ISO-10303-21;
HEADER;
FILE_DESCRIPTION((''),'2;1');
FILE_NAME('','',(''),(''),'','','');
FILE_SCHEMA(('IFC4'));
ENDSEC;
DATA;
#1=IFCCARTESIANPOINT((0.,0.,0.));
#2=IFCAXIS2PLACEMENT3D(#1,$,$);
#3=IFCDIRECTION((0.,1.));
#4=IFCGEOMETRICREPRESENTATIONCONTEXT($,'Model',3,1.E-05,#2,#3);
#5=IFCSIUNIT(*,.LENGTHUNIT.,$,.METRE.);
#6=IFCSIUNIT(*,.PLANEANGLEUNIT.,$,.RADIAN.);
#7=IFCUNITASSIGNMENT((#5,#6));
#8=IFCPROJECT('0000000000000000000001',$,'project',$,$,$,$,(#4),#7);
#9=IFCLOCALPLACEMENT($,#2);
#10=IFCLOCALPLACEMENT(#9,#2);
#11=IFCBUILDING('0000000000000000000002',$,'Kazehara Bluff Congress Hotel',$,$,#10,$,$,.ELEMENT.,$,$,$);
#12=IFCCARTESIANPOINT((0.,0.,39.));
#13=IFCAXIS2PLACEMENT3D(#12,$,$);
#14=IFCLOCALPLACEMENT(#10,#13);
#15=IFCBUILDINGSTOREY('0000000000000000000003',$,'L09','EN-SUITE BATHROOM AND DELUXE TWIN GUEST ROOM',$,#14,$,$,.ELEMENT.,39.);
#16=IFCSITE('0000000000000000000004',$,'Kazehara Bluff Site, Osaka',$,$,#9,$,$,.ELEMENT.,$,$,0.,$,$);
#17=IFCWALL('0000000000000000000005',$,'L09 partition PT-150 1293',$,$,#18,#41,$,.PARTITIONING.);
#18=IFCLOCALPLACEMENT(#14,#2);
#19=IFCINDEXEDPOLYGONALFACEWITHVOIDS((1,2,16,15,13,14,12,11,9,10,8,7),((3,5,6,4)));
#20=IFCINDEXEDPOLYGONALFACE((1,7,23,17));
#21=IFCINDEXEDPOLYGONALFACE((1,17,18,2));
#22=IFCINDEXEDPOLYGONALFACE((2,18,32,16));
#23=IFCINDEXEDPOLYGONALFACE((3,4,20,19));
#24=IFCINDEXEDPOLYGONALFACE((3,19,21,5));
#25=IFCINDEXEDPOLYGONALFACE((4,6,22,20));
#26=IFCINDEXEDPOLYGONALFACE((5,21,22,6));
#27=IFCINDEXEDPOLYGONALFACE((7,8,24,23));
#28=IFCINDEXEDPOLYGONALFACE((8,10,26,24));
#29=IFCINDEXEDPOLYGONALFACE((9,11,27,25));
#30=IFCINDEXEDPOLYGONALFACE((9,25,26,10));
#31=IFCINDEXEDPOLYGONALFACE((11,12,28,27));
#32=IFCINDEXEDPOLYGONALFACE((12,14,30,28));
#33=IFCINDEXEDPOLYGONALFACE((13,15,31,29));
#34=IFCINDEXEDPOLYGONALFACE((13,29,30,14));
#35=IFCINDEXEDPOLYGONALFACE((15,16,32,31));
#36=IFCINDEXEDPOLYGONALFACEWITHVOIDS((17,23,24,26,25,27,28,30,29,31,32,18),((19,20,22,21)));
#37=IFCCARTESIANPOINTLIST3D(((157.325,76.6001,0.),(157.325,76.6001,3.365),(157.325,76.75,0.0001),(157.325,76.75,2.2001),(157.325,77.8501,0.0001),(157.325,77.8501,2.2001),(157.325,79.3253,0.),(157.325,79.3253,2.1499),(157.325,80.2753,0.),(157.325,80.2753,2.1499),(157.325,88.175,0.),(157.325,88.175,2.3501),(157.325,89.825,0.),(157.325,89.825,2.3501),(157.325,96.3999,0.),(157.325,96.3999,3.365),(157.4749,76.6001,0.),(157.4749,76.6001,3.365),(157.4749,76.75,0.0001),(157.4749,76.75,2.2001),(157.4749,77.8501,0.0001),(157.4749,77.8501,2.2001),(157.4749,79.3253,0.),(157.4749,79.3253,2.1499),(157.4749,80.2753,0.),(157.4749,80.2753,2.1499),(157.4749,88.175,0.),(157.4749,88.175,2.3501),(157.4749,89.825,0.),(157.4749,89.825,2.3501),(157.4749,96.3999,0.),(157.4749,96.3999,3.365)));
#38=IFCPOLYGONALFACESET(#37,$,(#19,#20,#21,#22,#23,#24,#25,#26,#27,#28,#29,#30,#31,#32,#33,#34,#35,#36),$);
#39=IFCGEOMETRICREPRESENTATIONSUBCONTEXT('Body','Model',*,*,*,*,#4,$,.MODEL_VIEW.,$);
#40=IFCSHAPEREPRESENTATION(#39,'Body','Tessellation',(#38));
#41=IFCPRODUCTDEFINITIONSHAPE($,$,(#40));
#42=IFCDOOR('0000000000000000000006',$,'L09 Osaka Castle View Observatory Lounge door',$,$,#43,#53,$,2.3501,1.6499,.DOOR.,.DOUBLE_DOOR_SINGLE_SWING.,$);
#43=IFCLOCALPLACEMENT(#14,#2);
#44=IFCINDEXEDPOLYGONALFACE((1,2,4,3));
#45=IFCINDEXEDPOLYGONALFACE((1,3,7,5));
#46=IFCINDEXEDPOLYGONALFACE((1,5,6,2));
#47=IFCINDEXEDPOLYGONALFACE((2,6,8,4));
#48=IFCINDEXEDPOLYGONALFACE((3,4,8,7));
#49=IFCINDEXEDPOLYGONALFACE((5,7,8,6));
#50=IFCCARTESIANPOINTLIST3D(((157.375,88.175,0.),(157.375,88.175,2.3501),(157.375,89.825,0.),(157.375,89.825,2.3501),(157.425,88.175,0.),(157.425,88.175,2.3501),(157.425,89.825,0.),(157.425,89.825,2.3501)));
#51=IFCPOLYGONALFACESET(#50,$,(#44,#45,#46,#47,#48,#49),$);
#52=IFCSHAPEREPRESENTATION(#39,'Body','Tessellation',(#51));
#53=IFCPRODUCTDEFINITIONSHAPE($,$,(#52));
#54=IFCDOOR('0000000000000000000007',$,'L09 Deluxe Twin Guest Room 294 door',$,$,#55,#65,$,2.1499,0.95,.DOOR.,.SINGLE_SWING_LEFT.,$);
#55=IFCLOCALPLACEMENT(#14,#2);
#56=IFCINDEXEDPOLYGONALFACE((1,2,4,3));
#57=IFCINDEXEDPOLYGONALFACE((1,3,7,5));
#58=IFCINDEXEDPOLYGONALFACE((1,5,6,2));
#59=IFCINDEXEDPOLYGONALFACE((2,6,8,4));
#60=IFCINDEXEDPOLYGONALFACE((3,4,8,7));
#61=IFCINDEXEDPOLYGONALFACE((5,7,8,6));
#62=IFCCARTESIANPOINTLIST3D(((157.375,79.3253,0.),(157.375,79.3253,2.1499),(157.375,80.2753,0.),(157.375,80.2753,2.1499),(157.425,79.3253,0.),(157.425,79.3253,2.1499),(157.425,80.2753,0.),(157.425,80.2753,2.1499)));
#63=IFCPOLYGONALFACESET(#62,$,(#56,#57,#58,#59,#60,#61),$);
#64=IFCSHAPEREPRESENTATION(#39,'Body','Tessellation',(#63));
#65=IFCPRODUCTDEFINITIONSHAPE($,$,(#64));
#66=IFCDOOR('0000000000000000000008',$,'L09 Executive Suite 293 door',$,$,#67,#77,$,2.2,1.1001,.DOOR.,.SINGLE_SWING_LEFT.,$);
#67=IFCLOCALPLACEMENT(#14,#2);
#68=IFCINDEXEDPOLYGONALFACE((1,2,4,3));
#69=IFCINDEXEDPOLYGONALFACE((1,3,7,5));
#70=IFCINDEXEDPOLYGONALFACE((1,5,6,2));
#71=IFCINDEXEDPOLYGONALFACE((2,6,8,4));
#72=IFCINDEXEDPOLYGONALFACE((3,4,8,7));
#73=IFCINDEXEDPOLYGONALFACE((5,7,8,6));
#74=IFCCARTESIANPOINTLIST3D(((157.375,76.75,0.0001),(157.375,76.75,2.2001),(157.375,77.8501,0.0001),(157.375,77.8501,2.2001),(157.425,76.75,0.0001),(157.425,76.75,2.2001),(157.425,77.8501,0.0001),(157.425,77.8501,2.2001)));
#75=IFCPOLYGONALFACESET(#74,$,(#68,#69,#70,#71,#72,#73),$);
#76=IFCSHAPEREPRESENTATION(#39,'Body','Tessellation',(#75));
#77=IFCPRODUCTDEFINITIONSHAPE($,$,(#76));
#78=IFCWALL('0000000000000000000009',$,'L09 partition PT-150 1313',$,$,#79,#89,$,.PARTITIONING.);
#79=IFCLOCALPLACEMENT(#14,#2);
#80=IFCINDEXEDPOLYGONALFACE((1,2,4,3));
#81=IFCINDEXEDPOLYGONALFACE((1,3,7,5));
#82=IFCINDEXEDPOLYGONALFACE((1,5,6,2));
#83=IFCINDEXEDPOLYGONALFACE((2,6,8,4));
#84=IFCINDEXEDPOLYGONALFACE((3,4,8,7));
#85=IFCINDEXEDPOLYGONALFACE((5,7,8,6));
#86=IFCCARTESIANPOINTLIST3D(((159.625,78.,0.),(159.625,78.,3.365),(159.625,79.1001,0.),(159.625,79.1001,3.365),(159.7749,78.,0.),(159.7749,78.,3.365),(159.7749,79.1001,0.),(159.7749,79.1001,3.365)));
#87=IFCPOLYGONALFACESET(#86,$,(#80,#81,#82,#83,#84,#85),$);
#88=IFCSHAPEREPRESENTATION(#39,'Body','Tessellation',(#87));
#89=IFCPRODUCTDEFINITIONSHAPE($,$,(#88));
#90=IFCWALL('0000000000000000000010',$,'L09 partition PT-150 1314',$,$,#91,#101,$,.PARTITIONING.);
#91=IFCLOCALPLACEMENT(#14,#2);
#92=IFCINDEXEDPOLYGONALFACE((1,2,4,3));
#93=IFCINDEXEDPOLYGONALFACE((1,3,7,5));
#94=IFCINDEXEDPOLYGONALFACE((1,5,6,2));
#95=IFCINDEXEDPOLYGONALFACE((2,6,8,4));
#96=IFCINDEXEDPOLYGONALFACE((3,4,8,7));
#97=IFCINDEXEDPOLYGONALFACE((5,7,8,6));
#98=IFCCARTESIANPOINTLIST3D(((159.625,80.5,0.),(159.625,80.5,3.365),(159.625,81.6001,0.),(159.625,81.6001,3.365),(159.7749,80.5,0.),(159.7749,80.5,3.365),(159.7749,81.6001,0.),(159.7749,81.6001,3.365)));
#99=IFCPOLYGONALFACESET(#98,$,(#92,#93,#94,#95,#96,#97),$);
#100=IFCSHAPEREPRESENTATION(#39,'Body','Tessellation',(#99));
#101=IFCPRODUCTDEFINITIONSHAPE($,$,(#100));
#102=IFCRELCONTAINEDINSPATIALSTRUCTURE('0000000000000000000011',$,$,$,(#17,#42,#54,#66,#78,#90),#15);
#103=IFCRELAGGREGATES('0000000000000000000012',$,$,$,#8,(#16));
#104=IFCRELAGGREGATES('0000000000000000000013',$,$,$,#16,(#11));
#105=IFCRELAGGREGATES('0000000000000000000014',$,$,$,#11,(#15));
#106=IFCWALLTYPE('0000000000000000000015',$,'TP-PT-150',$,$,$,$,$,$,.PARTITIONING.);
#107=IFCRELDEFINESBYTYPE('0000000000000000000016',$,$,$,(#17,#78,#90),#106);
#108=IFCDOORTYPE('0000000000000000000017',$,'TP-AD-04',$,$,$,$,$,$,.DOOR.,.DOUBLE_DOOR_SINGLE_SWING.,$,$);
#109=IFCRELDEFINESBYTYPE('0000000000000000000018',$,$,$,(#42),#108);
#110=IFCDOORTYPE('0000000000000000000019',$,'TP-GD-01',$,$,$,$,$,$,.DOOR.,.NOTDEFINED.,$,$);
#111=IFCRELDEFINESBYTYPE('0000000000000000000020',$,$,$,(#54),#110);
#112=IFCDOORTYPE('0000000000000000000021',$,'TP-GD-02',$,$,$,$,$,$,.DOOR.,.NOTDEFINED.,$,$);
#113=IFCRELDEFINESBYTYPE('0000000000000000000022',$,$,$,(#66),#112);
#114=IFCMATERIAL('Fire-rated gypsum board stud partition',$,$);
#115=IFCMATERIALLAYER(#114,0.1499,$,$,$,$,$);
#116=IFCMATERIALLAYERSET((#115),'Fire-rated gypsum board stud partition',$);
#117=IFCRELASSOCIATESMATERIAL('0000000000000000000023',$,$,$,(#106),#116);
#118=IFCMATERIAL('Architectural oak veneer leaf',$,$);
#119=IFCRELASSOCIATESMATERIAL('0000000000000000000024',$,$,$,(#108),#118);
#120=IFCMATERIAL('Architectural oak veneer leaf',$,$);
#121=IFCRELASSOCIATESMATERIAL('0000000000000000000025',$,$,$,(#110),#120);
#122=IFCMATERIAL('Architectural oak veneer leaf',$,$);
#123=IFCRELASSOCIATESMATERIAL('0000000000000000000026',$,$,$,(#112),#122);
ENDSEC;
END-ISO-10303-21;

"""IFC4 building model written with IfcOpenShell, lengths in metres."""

from ifc_helpers import new_model, si_unit, direction, frame, frame_2d, origin, place, context, subcontext, project, spatial, rectangle, extrude, material, layer, layer_set, type_object, element, fill, save


model = new_model("IFC4")

# Units and contexts
model_context = context("Model", 3, precision=1e-05, world=origin(), true_north=direction((0.0, 1.0)))
body_context = subcontext(model_context, "Body", "Model", "MODEL_VIEW")
ifc_project = project(units=[si_unit("LENGTHUNIT", "METRE"), si_unit("PLANEANGLEUNIT", "RADIAN")], contexts=[model_context])

# Site, building, storey
site_placement = place(None, origin())
site = spatial("IfcSite", under=ifc_project, at=site_placement, Name="Kazehara Bluff Site, Osaka", CompositionType="ELEMENT", RefElevation=0.0)
building_placement = place(site_placement, origin())
building = spatial("IfcBuilding", under=site, at=building_placement, Name="Kazehara Bluff Congress Hotel", CompositionType="ELEMENT")
storey_placement = place(building_placement, frame((0.0, 0.0, 39.0)))
storey = spatial("IfcBuildingStorey", under=building, at=storey_placement, Name="L09", Description="EN-SUITE BATHROOM AND DELUXE TWIN GUEST ROOM", CompositionType="ELEMENT", Elevation=39.0)

# Shared definitions
ifc_material_1 = material(Name="Fire-rated gypsum board stud partition")
ifc_layer_1 = layer(ifc_material_1, 0.1499)
ifc_layer_set_1 = layer_set([ifc_layer_1], Name="Fire-rated gypsum board stud partition")
wall_type_1 = type_object("IfcWallType", Name="TP-PT-150", PredefinedType="PARTITIONING", material=ifc_layer_set_1)

# Wall, openings, doors
wall_1_placement = place(storey_placement, frame((157.3999, 76.6001, 0.0), z_axis=(0.0, 0.0, 1.0), x_axis=(0.0, 1.0, 0.0)))
wall_1 = element("IfcWall", 1, at=wall_1_placement, inside=storey, type_object=wall_type_1, Name="L09 partition PT-150 1293", PredefinedType="PARTITIONING", context=body_context, shape_type="SweptSolid", body=[
    extrude(rectangle(XDim=19.7998, YDim=0.1499, at=frame_2d((9.8999, 0.0))), origin(), (0.0, 0.0, 1.0), 3.365),
])
opening_1_placement = place(wall_1_placement, frame((11.575, 0.0, 0.0)))
opening_1 = element("IfcOpeningElement", 2, at=opening_1_placement, cuts=wall_1, PredefinedType="OPENING", context=body_context, shape_type="SweptSolid", body=[
    extrude(rectangle(XDim=1.6499, YDim=2.3501, at=frame_2d((0.825, 1.175))), frame((0.0, 0.085, 0.0), z_axis=(0.0, -1.0, 0.0), x_axis=(1.0, 0.0, 0.0)), (0.0, 0.0, 1.0), 0.1699),
])
opening_2_placement = place(wall_1_placement, frame((0.1499, 0.0, 0.0)))
opening_2 = element("IfcOpeningElement", 3, at=opening_2_placement, cuts=wall_1, PredefinedType="OPENING", context=body_context, shape_type="SweptSolid", body=[
    extrude(rectangle(XDim=1.1001, YDim=2.2, at=frame_2d((0.55, 1.1001))), frame((0.0, 0.085, 0.0), z_axis=(0.0, -1.0, 0.0), x_axis=(1.0, 0.0, 0.0)), (0.0, 0.0, 1.0), 0.1699),
])
opening_3_placement = place(wall_1_placement, frame((2.7251, 0.0, 0.0)))
opening_3 = element("IfcOpeningElement", 4, at=opening_3_placement, cuts=wall_1, PredefinedType="OPENING", context=body_context, shape_type="SweptSolid", body=[
    extrude(rectangle(XDim=0.95, YDim=2.1499, at=frame_2d((0.4751, 1.075))), frame((0.0, 0.085, 0.0), z_axis=(0.0, -1.0, 0.0), x_axis=(1.0, 0.0, 0.0)), (0.0, 0.0, 1.0), 0.1699),
])
ifc_material_2 = material(Name="Architectural oak veneer leaf")
door_type_1 = type_object("IfcDoorType", Name="TP-AD-04", OperationType="DOUBLE_DOOR_SINGLE_SWING", PredefinedType="DOOR", material=ifc_material_2)
door_1_placement = place(opening_1_placement, origin())
door_1 = element("IfcDoor", 5, at=door_1_placement, inside=storey, type_object=door_type_1, Name="L09 Osaka Castle View Observatory Lounge door", OperationType="DOUBLE_DOOR_SINGLE_SWING", OverallHeight=2.3501, OverallWidth=1.6499, PredefinedType="DOOR", context=body_context, shape_type="SweptSolid", body=[
    extrude(rectangle(XDim=1.6499, YDim=2.3501, at=frame_2d((0.825, 1.175))), frame((0.0, 0.0249, 0.0), z_axis=(0.0, -1.0, 0.0), x_axis=(1.0, 0.0, 0.0)), (0.0, 0.0, 1.0), 0.05),
])
fill(opening_1, door_1)
ifc_material_3 = material(Name="Architectural oak veneer leaf")
door_type_2 = type_object("IfcDoorType", Name="TP-GD-01", OperationType="NOTDEFINED", PredefinedType="DOOR", material=ifc_material_3)
door_2_placement = place(opening_3_placement, origin())
door_2 = element("IfcDoor", 6, at=door_2_placement, inside=storey, type_object=door_type_2, Name="L09 Deluxe Twin Guest Room 294 door", OperationType="SINGLE_SWING_LEFT", OverallHeight=2.1499, OverallWidth=0.95, PredefinedType="DOOR", context=body_context, shape_type="SweptSolid", body=[
    extrude(rectangle(XDim=0.95, YDim=2.1499, at=frame_2d((0.4751, 1.075))), frame((0.0, 0.0249, 0.0), z_axis=(0.0, -1.0, 0.0), x_axis=(1.0, 0.0, 0.0)), (0.0, 0.0, 1.0), 0.05),
])
fill(opening_3, door_2)
ifc_material_4 = material(Name="Architectural oak veneer leaf")
door_type_3 = type_object("IfcDoorType", Name="TP-GD-02", OperationType="NOTDEFINED", PredefinedType="DOOR", material=ifc_material_4)
door_3_placement = place(opening_2_placement, origin())
door_3 = element("IfcDoor", 7, at=door_3_placement, inside=storey, type_object=door_type_3, Name="L09 Executive Suite 293 door", OperationType="SINGLE_SWING_LEFT", OverallHeight=2.2, OverallWidth=1.1001, PredefinedType="DOOR", context=body_context, shape_type="SweptSolid", body=[
    extrude(rectangle(XDim=1.1001, YDim=2.2, at=frame_2d((0.55, 1.1001))), frame((0.0, 0.0249, 0.0), z_axis=(0.0, -1.0, 0.0), x_axis=(1.0, 0.0, 0.0)), (0.0, 0.0, 1.0), 0.05),
])
fill(opening_2, door_3)

# Walls
for number, where, z_axis, x_axis, name in (
    (8, (159.7, 78.0, 0.0), (0.0, 0.0, 1.0), (0.0, 1.0, 0.0), "L09 partition PT-150 1313"),
    (9, (159.7, 80.5, 0.0), (0.0, 0.0, 1.0), (0.0, 1.0, 0.0), "L09 partition PT-150 1314"),
):
    element("IfcWall", number, at=place(storey_placement, frame(where, z_axis=z_axis, x_axis=x_axis)), inside=storey, type_object=wall_type_1, Name=name, PredefinedType="PARTITIONING", context=body_context, shape_type="SweptSolid", body=[
        extrude(rectangle(XDim=1.1001, YDim=0.1499, at=frame_2d((0.55, 0.0))), origin(), (0.0, 0.0, 1.0), 3.365),
    ])

save(model, "model.ifc")
